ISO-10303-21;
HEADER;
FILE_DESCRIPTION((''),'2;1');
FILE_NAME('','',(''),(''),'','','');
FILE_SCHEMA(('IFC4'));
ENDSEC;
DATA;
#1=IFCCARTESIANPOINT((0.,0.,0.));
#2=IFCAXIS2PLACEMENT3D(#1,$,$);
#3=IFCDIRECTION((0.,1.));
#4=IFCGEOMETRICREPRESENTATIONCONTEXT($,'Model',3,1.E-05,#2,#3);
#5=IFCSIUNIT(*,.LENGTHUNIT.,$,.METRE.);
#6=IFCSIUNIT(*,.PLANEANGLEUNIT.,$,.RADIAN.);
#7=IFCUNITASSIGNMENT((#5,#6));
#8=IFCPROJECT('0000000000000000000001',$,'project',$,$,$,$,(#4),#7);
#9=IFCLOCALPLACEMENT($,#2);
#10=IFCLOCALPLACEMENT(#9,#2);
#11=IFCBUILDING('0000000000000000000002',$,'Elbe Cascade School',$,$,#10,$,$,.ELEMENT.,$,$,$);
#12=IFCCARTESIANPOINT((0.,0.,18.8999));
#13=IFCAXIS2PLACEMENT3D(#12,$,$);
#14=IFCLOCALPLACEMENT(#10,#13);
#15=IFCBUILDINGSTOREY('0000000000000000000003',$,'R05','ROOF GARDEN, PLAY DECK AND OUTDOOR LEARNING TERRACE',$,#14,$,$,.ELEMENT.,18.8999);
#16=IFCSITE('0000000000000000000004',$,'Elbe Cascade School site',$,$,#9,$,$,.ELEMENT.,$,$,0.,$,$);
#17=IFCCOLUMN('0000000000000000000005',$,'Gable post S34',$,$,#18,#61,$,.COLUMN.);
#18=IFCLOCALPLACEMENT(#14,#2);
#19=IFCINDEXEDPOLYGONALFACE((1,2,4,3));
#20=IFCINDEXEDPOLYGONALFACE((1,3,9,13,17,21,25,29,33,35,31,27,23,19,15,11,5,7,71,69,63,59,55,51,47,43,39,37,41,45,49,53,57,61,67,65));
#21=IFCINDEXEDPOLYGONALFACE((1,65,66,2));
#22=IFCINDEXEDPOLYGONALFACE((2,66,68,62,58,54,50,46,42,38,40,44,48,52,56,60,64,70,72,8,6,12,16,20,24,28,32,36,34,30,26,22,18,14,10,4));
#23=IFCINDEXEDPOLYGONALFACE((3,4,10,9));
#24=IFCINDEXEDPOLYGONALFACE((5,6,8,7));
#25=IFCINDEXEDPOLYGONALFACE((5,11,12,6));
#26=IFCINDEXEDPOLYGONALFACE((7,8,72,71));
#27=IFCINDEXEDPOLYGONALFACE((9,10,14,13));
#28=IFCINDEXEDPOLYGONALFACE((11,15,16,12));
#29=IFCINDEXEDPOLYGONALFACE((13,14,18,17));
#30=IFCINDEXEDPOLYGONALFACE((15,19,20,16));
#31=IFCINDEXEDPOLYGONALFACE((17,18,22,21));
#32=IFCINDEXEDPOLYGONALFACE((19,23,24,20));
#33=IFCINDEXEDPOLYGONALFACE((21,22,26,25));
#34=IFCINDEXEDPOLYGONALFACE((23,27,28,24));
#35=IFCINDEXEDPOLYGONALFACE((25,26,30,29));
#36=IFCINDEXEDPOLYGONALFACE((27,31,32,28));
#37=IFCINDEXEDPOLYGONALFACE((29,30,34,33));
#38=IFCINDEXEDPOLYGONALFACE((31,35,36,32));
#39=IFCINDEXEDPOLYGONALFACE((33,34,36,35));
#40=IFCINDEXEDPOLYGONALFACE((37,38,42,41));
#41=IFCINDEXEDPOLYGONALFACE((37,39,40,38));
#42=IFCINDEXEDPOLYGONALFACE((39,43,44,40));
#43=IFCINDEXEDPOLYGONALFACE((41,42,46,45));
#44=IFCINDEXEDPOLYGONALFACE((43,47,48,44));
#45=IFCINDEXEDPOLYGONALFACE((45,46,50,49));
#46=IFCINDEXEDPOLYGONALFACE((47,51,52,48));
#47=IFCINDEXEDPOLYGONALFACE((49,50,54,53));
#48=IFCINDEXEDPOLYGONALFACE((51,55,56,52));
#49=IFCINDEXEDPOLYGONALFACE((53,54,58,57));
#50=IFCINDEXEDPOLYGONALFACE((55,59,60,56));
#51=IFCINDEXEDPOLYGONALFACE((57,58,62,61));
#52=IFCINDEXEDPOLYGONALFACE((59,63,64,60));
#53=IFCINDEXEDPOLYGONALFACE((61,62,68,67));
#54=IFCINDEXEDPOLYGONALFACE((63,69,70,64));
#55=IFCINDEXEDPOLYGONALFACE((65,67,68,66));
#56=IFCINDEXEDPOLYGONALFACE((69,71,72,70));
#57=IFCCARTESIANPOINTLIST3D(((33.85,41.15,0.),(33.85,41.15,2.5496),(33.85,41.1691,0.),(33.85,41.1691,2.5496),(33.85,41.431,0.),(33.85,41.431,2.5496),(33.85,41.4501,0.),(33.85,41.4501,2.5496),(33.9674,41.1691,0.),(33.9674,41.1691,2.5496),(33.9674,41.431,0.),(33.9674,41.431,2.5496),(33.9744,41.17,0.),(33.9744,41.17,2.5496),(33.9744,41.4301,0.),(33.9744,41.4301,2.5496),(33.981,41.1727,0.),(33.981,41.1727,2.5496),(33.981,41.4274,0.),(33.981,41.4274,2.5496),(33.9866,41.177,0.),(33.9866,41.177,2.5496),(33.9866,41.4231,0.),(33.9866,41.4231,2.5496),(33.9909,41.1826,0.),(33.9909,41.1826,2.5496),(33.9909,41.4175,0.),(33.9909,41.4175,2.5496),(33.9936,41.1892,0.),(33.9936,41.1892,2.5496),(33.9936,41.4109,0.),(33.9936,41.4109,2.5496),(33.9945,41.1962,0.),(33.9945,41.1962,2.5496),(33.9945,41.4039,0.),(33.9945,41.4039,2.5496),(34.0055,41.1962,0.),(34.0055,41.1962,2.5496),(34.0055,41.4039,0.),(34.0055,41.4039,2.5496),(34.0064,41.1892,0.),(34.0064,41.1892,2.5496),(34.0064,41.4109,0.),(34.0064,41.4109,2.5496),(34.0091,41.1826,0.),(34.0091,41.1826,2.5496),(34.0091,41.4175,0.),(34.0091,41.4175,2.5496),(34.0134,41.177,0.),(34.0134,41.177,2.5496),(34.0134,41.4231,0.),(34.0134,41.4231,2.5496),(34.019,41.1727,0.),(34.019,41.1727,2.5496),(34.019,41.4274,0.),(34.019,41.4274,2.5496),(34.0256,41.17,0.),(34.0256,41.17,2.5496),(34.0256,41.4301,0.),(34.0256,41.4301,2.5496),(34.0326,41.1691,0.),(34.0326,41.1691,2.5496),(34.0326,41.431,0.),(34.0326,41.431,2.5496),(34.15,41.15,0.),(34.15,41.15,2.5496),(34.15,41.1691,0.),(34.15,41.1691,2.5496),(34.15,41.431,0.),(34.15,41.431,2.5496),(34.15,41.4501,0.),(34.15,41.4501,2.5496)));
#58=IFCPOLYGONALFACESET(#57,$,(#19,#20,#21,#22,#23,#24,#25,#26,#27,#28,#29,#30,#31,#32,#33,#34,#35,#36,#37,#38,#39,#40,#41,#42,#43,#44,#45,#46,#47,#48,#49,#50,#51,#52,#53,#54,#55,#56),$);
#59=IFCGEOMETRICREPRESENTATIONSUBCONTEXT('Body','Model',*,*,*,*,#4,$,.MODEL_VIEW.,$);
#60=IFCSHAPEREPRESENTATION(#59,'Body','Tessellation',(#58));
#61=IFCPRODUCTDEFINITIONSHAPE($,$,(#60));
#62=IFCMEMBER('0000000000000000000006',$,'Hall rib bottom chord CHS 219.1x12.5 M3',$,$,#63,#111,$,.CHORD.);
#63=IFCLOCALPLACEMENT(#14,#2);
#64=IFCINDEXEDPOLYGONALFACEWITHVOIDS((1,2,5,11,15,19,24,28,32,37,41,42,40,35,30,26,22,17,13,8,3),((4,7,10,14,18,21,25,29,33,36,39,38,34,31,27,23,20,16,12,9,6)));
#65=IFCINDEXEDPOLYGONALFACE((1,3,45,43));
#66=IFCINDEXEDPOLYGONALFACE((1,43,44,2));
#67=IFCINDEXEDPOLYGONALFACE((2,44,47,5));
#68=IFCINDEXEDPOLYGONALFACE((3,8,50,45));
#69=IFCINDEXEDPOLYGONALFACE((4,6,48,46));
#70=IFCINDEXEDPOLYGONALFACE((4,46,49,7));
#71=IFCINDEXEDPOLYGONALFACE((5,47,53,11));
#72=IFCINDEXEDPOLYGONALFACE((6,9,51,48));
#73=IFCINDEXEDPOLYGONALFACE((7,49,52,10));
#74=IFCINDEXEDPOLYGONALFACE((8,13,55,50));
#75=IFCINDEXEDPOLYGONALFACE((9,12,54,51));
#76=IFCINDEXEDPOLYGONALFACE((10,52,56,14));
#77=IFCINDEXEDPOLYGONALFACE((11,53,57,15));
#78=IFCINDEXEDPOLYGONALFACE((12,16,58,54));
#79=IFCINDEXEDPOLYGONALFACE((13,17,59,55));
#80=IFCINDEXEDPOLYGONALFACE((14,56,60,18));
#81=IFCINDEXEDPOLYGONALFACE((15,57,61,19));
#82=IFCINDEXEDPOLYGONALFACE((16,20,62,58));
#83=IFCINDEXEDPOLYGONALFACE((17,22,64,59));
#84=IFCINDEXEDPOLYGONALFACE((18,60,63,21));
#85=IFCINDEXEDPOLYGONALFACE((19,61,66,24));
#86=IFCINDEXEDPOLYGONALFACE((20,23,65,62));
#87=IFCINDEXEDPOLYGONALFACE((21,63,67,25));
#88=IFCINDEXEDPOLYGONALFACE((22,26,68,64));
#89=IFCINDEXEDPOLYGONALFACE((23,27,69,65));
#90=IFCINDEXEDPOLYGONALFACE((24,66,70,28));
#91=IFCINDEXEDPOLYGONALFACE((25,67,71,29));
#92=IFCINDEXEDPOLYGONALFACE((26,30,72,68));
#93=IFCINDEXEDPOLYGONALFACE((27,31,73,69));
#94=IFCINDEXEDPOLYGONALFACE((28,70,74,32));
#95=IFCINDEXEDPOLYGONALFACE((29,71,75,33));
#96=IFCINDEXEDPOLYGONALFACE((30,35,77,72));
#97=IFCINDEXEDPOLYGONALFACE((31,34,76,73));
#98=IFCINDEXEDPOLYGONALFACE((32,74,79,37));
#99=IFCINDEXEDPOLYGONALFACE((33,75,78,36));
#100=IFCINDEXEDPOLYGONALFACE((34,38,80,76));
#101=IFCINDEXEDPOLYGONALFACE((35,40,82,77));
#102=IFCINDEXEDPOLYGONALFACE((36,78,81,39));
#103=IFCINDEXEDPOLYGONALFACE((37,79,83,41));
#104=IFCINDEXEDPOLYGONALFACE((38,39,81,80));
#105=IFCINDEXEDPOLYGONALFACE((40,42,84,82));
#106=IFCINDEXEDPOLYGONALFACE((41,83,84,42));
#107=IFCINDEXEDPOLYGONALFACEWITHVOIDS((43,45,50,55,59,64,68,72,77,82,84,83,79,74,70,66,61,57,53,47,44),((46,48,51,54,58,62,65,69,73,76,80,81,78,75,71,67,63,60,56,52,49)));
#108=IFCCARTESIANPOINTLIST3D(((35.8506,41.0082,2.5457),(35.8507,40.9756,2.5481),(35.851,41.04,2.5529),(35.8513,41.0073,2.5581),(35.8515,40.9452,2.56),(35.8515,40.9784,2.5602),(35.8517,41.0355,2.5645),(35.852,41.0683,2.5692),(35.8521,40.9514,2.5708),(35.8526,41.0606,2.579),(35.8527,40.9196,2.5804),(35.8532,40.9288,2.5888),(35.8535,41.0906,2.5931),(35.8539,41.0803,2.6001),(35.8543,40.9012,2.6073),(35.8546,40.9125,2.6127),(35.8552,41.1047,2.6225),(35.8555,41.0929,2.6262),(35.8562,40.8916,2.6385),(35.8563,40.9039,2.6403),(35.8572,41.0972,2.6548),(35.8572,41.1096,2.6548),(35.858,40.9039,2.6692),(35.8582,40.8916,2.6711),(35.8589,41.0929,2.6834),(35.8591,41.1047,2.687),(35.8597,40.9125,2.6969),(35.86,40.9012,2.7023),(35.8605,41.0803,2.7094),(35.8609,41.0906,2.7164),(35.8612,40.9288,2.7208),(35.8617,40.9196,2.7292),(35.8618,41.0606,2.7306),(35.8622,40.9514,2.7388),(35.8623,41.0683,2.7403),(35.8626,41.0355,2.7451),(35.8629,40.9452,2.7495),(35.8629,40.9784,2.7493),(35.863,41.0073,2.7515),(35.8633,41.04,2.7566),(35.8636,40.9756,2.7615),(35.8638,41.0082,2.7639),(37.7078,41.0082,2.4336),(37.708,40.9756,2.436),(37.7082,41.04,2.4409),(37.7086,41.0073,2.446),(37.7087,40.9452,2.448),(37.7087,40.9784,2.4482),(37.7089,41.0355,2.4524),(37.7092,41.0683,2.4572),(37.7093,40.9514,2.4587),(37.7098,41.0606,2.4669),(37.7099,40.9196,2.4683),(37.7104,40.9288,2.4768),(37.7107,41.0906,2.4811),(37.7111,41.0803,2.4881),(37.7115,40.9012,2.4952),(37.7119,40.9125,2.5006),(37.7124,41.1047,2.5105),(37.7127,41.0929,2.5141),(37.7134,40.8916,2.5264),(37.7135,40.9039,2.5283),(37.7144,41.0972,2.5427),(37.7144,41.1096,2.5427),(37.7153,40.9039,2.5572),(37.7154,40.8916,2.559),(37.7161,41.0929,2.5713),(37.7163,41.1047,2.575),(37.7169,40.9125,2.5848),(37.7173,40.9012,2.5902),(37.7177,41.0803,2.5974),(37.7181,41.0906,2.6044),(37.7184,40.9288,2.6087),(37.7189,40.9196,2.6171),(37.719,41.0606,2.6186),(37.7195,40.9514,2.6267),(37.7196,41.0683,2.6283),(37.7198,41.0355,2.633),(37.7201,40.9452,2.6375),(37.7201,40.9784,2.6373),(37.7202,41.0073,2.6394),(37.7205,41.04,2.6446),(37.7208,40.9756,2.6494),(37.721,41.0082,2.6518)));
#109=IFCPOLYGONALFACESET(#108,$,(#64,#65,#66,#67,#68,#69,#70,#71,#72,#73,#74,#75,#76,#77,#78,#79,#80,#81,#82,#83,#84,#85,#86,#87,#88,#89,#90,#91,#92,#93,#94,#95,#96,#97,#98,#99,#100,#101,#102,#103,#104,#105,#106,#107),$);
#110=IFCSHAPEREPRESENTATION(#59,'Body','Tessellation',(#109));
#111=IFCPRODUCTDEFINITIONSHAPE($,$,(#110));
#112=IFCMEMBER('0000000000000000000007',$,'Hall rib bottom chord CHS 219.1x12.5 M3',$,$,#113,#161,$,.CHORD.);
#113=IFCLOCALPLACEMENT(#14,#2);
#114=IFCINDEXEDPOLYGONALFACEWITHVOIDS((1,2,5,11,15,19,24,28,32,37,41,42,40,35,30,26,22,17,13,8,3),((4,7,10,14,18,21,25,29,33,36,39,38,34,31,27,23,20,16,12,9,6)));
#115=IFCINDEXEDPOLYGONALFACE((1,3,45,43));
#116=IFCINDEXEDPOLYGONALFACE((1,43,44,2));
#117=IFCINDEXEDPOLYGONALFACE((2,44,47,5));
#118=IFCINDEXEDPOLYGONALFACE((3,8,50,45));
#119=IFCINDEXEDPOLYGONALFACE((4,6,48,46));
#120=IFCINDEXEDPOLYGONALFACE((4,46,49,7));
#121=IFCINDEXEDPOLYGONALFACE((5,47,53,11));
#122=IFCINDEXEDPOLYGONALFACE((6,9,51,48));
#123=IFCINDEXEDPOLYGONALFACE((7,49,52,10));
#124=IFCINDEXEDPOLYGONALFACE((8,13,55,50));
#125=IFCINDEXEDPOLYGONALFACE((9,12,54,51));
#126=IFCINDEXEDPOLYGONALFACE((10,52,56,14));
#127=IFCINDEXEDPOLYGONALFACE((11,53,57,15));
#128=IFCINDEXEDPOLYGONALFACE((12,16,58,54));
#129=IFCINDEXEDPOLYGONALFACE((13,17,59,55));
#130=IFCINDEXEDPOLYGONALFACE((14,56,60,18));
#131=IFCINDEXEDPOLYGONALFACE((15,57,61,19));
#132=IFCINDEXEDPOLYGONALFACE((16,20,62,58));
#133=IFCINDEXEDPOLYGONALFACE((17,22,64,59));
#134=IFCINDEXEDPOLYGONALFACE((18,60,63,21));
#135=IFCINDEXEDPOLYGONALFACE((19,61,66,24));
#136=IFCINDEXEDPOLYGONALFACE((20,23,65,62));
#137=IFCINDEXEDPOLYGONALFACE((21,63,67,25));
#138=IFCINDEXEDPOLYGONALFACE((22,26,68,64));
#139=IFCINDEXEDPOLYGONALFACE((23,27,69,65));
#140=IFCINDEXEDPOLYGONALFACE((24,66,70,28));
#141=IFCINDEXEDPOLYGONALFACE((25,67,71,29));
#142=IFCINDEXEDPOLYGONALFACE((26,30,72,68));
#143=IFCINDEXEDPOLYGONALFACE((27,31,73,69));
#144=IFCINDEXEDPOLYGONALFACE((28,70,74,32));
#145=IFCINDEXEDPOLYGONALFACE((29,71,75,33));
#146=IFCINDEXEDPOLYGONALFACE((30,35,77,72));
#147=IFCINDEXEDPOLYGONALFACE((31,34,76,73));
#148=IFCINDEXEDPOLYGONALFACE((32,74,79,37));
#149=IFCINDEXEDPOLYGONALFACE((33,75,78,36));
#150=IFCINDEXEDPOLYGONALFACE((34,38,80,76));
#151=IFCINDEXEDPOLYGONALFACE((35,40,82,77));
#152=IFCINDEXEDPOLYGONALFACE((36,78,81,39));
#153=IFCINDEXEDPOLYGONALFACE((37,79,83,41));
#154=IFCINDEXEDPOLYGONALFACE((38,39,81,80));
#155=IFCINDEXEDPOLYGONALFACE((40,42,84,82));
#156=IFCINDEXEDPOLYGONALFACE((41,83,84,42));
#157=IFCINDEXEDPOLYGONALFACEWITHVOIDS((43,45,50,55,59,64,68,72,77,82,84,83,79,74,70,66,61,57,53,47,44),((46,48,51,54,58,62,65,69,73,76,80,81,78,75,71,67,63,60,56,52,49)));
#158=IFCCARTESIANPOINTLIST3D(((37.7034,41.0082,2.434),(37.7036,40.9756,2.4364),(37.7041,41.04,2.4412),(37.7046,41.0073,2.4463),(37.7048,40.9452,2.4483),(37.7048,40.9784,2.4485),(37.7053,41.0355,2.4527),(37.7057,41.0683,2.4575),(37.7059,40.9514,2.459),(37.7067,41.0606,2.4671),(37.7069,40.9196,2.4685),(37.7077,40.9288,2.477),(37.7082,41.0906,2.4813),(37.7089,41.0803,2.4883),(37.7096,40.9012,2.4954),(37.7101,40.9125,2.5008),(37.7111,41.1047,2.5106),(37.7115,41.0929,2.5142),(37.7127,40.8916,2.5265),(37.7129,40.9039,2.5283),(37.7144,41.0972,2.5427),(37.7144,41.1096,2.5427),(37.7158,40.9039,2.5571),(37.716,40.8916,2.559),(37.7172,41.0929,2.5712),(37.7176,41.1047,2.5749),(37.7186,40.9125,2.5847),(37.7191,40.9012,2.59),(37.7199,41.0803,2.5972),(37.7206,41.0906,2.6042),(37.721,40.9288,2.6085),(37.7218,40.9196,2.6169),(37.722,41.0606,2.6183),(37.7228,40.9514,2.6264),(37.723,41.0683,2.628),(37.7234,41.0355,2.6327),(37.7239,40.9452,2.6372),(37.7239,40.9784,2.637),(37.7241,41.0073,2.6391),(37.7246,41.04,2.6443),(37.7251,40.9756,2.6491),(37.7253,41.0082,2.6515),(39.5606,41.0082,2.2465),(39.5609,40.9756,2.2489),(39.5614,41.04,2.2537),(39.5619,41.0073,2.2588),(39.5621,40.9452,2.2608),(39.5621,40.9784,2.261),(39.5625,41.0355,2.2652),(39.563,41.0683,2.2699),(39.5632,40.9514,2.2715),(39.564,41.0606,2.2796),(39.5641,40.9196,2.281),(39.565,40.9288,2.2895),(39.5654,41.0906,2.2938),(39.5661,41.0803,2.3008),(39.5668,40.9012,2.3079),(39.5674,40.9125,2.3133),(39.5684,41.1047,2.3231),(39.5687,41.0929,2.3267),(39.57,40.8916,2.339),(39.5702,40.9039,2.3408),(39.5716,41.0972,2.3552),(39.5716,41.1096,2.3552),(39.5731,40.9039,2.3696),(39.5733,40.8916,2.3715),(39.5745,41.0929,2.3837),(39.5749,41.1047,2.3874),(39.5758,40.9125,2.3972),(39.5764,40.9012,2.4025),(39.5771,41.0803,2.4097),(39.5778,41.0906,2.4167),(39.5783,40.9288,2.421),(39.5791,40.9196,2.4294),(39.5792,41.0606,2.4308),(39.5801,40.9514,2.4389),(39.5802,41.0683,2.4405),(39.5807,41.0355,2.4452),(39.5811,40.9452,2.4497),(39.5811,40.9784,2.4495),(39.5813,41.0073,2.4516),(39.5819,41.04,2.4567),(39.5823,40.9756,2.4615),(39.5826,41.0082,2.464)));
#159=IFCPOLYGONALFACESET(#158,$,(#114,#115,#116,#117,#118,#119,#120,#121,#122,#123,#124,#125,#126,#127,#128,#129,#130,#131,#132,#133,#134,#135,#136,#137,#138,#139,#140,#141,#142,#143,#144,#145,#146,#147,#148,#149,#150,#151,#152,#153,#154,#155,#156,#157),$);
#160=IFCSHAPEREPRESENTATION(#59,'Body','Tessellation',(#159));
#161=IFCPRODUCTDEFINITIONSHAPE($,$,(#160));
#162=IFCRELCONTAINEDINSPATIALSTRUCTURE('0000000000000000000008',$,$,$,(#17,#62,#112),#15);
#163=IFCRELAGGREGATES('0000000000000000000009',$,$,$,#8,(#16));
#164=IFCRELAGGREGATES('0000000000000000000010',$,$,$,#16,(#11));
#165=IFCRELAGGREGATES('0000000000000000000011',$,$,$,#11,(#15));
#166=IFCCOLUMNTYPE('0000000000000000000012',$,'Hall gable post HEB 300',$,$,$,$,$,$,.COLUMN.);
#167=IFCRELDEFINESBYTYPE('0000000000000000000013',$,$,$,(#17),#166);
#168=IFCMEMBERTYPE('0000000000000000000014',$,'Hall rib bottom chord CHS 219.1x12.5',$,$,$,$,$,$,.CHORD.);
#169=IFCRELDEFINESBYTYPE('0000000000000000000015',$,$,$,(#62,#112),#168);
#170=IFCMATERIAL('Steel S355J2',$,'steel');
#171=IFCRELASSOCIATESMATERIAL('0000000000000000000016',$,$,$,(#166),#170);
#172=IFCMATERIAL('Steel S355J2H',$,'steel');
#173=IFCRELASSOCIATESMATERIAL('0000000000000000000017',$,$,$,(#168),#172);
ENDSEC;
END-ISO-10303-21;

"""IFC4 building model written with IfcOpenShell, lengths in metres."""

from ifc_helpers import new_model, si_unit, direction, frame, origin, origin_2d, place, context, subcontext, project, spatial, hollow_circle, i_section, extrude, material, material_profile, profile_set, type_object, element, save


model = new_model("IFC4")

# Units and contexts
model_context = context("Model", 3, precision=1e-05, world=origin(), true_north=direction((0.0, 1.0)))
body_context = subcontext(model_context, "Body", "Model", "MODEL_VIEW")
ifc_project = project(units=[si_unit("LENGTHUNIT", "METRE"), si_unit("PLANEANGLEUNIT", "RADIAN")], contexts=[model_context])

# Site, building, storey
site_placement = place(None, origin())
site = spatial("IfcSite", under=ifc_project, at=site_placement, Name="Elbe Cascade School site", CompositionType="ELEMENT", RefElevation=0.0)
building_placement = place(site_placement, origin())
building = spatial("IfcBuilding", under=site, at=building_placement, Name="Elbe Cascade School", CompositionType="ELEMENT")
storey_placement = place(building_placement, frame((0.0, 0.0, 18.8999)))
storey = spatial("IfcBuildingStorey", under=building, at=storey_placement, Name="R05", Description="ROOF GARDEN, PLAY DECK AND OUTDOOR LEARNING TERRACE", CompositionType="ELEMENT", Elevation=18.8999)

# Column
ifc_material_1 = material(Name="Steel S355J2", Category="steel")
ifc_material_profile_1 = material_profile(ifc_material_1, i_section(OverallWidth=0.3, OverallDepth=0.3, WebThickness=0.011, FlangeThickness=0.019, FilletRadius=0.0271, at=origin_2d()), Name="HEB 300")
ifc_profile_set_1 = profile_set([ifc_material_profile_1], Name="Steel S355J2")
column_type = type_object("IfcColumnType", Name="Hall gable post HEB 300", PredefinedType="COLUMN", material=ifc_profile_set_1)
column_placement = place(storey_placement, frame((34.0, 41.3, 0.0), z_axis=(0.0, 0.0, 1.0), x_axis=(1.0, 0.0, 0.0)))
element("IfcColumn", 1, at=column_placement, inside=storey, type_object=column_type, Name="Gable post S34", PredefinedType="COLUMN", context=body_context, shape_type="SweptSolid", body=[
    extrude(i_section(OverallWidth=0.3, OverallDepth=0.3, WebThickness=0.011, FlangeThickness=0.019, FilletRadius=0.0271, at=origin_2d()), origin(), (0.0, 0.0, 1.0), 2.5496),
])

# Members
ifc_material_2 = material(Name="Steel S355J2H", Category="steel")
ifc_material_profile_2 = material_profile(ifc_material_2, hollow_circle(Radius=0.1096, WallThickness=0.0125, at=origin_2d()), Name="CHS 219.1x12.5")
ifc_profile_set_2 = profile_set([ifc_material_profile_2], Name="Steel S355J2H")
member_type_1 = type_object("IfcMemberType", Name="Hall rib bottom chord CHS 219.1x12.5", PredefinedType="CHORD", material=ifc_profile_set_2)
member_1_placement = place(storey_placement, frame((35.8572, 41.0, 2.6548), z_axis=(0.998185, 0.0, -0.06023), x_axis=(0.0, 1.0, 0.0)))
element("IfcMember", 2, at=member_1_placement, inside=storey, type_object=member_type_1, Name="Hall rib bottom chord CHS 219.1x12.5 M3", PredefinedType="CHORD", context=body_context, shape_type="SweptSolid", body=[
    extrude(hollow_circle(Radius=0.1096, WallThickness=0.0125, at=origin_2d()), origin(), (0.0, 0.0, 1.0), 1.8606),
])
member_2_placement = place(storey_placement, frame((37.7144, 41.0, 2.5427), z_axis=(0.994942, 0.0, -0.100449), x_axis=(0.0, 1.0, 0.0)))
element("IfcMember", 3, at=member_2_placement, inside=storey, type_object=member_type_1, Name="Hall rib bottom chord CHS 219.1x12.5 M3", PredefinedType="CHORD", context=body_context, shape_type="SweptSolid", body=[
    extrude(hollow_circle(Radius=0.1096, WallThickness=0.0125, at=origin_2d()), origin(), (0.0, 0.0, 1.0), 1.8667),
])

save(model, "model.ifc")
